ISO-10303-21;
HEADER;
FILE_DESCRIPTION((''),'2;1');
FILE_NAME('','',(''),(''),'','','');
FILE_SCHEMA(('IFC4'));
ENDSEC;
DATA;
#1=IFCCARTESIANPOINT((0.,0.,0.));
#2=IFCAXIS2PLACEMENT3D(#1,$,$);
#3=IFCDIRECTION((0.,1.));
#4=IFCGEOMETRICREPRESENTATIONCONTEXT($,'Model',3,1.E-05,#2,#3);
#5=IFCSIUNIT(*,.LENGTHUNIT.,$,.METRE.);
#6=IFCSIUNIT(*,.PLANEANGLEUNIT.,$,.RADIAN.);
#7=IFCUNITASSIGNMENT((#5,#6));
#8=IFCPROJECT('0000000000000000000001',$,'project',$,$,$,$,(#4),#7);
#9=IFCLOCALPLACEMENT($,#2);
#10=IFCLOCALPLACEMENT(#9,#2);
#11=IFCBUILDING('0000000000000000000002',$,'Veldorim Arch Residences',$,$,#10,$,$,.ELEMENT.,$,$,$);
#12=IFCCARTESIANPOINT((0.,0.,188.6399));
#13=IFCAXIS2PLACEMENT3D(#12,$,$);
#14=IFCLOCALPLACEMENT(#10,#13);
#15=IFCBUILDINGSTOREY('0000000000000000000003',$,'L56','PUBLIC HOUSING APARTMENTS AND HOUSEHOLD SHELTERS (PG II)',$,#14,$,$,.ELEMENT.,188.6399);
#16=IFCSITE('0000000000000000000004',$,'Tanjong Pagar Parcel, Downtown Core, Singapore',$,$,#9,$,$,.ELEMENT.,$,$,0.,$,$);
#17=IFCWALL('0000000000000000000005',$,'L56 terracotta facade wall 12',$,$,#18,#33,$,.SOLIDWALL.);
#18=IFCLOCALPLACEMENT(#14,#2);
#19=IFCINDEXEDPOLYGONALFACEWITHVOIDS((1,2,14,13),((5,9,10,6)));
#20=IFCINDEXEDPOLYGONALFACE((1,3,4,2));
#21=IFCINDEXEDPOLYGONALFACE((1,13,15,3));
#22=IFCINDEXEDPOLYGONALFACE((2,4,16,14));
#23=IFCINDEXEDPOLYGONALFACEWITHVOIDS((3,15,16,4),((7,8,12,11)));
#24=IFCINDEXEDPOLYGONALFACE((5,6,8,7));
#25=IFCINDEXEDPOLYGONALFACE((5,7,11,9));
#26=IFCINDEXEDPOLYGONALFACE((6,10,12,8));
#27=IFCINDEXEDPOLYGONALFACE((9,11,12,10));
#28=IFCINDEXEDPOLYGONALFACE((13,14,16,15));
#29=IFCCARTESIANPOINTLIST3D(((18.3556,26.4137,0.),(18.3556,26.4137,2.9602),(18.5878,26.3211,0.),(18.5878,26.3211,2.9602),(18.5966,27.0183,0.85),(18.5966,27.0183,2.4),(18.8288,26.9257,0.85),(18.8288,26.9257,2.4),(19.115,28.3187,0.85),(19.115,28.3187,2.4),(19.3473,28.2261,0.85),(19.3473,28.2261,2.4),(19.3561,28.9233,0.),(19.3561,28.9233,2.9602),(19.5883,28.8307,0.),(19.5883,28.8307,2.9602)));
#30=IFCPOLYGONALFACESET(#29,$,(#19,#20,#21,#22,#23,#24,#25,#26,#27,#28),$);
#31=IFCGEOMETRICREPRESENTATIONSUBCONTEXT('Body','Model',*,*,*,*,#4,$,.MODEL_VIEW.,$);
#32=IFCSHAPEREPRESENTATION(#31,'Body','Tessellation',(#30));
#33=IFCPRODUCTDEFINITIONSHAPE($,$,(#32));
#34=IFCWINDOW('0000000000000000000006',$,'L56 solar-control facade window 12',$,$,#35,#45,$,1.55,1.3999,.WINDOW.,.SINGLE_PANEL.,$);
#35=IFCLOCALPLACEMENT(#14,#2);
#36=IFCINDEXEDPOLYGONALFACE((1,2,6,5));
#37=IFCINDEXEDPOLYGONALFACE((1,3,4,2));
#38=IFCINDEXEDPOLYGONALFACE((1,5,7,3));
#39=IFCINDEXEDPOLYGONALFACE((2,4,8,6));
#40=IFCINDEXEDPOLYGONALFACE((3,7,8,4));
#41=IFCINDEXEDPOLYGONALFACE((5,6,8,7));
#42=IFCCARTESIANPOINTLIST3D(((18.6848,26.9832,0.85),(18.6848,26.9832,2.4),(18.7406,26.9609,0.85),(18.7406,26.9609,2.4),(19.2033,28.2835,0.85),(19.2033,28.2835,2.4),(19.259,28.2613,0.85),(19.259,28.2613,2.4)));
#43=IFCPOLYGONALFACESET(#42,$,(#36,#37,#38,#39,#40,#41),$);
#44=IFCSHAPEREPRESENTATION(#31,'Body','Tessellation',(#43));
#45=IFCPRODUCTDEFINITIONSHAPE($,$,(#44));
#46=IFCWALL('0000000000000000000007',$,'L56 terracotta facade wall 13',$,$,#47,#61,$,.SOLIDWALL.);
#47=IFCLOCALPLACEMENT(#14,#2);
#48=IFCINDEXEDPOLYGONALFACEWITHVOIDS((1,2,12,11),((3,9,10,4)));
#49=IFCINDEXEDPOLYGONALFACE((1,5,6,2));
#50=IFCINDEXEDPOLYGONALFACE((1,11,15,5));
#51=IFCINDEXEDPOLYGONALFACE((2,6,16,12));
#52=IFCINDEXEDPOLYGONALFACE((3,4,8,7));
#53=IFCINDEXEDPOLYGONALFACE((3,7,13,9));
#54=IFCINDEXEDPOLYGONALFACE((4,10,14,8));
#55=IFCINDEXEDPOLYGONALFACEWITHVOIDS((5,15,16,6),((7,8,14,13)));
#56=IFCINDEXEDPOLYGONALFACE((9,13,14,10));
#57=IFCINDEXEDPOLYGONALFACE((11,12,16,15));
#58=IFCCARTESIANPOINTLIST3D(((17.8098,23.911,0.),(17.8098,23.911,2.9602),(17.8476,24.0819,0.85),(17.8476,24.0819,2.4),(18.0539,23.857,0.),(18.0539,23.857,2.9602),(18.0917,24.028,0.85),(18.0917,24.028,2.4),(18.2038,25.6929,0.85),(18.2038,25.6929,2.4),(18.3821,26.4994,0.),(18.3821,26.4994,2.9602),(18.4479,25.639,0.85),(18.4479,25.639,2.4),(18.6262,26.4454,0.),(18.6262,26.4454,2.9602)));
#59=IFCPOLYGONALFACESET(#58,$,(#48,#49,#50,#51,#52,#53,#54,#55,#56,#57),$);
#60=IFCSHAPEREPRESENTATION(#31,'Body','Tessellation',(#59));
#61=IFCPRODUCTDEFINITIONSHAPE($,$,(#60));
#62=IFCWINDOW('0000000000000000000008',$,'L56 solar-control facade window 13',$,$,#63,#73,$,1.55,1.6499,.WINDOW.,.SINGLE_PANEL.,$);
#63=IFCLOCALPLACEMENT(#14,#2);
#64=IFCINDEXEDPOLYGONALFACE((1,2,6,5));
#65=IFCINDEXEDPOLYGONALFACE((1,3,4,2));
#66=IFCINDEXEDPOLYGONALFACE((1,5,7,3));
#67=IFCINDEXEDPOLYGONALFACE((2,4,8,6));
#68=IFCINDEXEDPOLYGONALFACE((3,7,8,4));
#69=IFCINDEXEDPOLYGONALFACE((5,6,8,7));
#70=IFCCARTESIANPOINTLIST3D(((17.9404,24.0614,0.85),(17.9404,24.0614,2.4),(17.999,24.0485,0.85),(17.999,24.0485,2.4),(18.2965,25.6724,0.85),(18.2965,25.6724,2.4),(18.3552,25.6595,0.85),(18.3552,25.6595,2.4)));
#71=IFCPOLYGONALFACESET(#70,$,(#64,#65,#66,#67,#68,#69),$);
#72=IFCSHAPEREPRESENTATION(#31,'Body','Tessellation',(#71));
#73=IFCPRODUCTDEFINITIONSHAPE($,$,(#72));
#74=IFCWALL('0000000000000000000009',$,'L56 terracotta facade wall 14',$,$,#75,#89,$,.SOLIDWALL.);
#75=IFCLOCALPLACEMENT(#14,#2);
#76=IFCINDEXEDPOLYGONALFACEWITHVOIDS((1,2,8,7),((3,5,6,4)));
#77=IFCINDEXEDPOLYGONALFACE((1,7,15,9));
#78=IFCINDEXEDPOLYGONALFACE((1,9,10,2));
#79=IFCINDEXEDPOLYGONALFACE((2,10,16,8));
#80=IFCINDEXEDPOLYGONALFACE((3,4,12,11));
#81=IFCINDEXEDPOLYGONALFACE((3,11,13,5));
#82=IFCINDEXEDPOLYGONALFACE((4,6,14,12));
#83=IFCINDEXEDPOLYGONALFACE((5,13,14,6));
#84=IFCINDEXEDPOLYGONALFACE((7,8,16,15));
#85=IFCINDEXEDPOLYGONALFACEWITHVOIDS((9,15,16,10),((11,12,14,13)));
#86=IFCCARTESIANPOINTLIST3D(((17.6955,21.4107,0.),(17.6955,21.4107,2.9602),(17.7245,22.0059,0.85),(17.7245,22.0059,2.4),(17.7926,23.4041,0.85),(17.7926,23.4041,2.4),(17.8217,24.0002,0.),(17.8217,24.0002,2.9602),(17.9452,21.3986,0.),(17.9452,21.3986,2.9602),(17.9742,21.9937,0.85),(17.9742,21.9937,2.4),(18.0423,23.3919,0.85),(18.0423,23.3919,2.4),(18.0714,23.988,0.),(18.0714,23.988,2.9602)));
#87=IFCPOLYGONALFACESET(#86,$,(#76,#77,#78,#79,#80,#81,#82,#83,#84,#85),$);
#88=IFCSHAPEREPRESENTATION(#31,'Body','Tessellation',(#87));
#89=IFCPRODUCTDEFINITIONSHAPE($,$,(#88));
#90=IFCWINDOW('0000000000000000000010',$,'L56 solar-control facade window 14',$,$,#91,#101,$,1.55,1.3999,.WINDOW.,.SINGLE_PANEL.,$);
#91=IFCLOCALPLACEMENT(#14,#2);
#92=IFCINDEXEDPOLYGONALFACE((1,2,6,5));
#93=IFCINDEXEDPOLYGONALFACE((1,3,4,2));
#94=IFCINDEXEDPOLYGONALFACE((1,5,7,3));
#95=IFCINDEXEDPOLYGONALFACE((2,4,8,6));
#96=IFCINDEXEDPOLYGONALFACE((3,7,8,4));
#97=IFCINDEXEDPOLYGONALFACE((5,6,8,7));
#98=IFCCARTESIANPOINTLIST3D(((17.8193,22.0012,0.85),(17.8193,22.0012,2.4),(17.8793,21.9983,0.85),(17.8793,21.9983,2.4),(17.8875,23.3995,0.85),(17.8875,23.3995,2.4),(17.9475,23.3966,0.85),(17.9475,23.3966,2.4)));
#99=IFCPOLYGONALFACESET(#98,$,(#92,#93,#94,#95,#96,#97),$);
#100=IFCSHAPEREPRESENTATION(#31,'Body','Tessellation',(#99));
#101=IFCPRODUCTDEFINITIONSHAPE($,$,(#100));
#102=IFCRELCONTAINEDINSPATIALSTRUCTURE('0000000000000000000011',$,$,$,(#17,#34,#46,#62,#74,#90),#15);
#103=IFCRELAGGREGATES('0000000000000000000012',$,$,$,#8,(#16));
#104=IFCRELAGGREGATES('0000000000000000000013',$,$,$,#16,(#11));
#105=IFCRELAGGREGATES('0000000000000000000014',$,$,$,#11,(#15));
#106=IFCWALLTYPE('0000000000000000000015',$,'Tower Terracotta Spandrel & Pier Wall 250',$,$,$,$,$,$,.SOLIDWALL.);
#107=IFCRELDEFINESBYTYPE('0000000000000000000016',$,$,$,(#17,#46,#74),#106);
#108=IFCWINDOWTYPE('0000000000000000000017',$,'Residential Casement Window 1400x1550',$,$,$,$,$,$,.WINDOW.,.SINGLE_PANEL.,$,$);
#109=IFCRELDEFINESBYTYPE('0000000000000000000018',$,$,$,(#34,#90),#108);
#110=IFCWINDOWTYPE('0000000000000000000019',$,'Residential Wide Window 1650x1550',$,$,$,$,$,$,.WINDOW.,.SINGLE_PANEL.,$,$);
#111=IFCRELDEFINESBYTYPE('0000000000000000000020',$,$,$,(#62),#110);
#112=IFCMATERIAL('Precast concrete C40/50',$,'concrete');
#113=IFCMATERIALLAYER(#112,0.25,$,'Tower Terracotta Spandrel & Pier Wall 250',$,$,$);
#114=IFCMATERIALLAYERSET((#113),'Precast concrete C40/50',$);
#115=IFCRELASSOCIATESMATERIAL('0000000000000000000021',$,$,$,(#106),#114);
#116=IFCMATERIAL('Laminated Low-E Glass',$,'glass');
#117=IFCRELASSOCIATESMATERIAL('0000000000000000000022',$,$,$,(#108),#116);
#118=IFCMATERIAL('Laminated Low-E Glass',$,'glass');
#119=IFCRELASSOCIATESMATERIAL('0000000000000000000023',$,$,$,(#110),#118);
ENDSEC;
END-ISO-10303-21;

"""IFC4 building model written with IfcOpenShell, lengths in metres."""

from ifc_helpers import new_model, si_unit, direction, frame, frame_2d, origin, place, context, subcontext, project, spatial, rectangle, extrude, material, layer, layer_set, type_object, element, fill, save


model = new_model("IFC4")

# Units and contexts
model_context = context("Model", 3, precision=1e-05, world=origin(), true_north=direction((0.0, 1.0)))
body_context = subcontext(model_context, "Body", "Model", "MODEL_VIEW")
ifc_project = project(units=[si_unit("LENGTHUNIT", "METRE"), si_unit("PLANEANGLEUNIT", "RADIAN")], contexts=[model_context])

# Site, building, storey
site_placement = place(None, origin())
site = spatial("IfcSite", under=ifc_project, at=site_placement, Name="Tanjong Pagar Parcel, Downtown Core, Singapore", CompositionType="ELEMENT", RefElevation=0.0)
building_placement = place(site_placement, origin())
building = spatial("IfcBuilding", under=site, at=building_placement, Name="Veldorim Arch Residences", CompositionType="ELEMENT")
storey_placement = place(building_placement, frame((0.0, 0.0, 188.6399)))
storey = spatial("IfcBuildingStorey", under=building, at=storey_placement, Name="L56", Description="PUBLIC HOUSING APARTMENTS AND HOUSEHOLD SHELTERS (PG II)", CompositionType="ELEMENT", Elevation=188.6399)

# Walls, openings, windows
ifc_material_1 = material(Name="Precast concrete C40/50", Category="concrete")
ifc_layer_1 = layer(ifc_material_1, 0.25, Name="Tower Terracotta Spandrel & Pier Wall 250")
ifc_layer_set_1 = layer_set([ifc_layer_1], Name="Precast concrete C40/50")
wall_type_1 = type_object("IfcWallType", Name="Tower Terracotta Spandrel & Pier Wall 250", PredefinedType="SOLIDWALL", material=ifc_layer_set_1)
wall_1_placement = place(storey_placement, frame((18.4717, 26.3674, 0.0), z_axis=(0.0, 0.0, 1.0), x_axis=(0.370331, 0.9289, 0.0)))
wall_1 = element("IfcWall", 1, at=wall_1_placement, inside=storey, type_object=wall_type_1, Name="L56 terracotta facade wall 12", PredefinedType="SOLIDWALL", context=body_context, shape_type="SweptSolid", body=[
    extrude(rectangle(XDim=2.7017, YDim=0.25, at=frame_2d((1.3508, 0.0))), origin(), (0.0, 0.0, 1.0), 2.9602),
])
opening_1_placement = place(wall_1_placement, frame((0.6509, 0.0, 0.8501)))
opening_1 = element("IfcOpeningElement", 2, at=opening_1_placement, cuts=wall_1, PredefinedType="OPENING", context=body_context, shape_type="SweptSolid", body=[
    extrude(rectangle(XDim=1.3999, YDim=1.55, at=frame_2d((0.7, 0.7749))), frame((0.0, 0.135, 0.0), z_axis=(0.0, -1.0, 0.0), x_axis=(1.0, 0.0, 0.0)), (0.0, 0.0, 1.0), 0.27),
])
ifc_material_2 = material(Name="Laminated Low-E Glass", Category="glass")
window_type_1 = type_object("IfcWindowType", Name="Residential Casement Window 1400x1550", PartitioningType="SINGLE_PANEL", PredefinedType="WINDOW", material=ifc_material_2)
window_1_placement = place(opening_1_placement, origin())
window_1 = element("IfcWindow", 3, at=window_1_placement, inside=storey, type_object=window_type_1, Name="L56 solar-control facade window 12", OverallHeight=1.55, OverallWidth=1.3999, PartitioningType="SINGLE_PANEL", PredefinedType="WINDOW", context=body_context, shape_type="SweptSolid", body=[
    extrude(rectangle(XDim=1.3999, YDim=1.55, at=frame_2d((0.7, 0.7749))), frame((0.0, 0.03, 0.0), z_axis=(0.0, -1.0, 0.0), x_axis=(1.0, 0.0, 0.0)), (0.0, 0.0, 1.0), 0.0601),
])
fill(opening_1, window_1)
wall_2_placement = place(storey_placement, frame((17.9319, 23.884, 0.0), z_axis=(0.0, 0.0, 1.0), x_axis=(0.215877, 0.976421, 0.0)))
wall_2 = element("IfcWall", 4, at=wall_2_placement, inside=storey, type_object=wall_type_1, Name="L56 terracotta facade wall 13", PredefinedType="SOLIDWALL", context=body_context, shape_type="SweptSolid", body=[
    extrude(rectangle(XDim=2.6509, YDim=0.25, at=frame_2d((1.3254, 0.0))), origin(), (0.0, 0.0, 1.0), 2.9602),
])
opening_2_placement = place(wall_2_placement, frame((0.175, 0.0, 0.8501)))
opening_2 = element("IfcOpeningElement", 5, at=opening_2_placement, cuts=wall_2, PredefinedType="OPENING", context=body_context, shape_type="SweptSolid", body=[
    extrude(rectangle(XDim=1.6499, YDim=1.55, at=frame_2d((0.825, 0.7749))), frame((0.0, 0.135, 0.0), z_axis=(0.0, -1.0, 0.0), x_axis=(1.0, 0.0, 0.0)), (0.0, 0.0, 1.0), 0.27),
])
ifc_material_3 = material(Name="Laminated Low-E Glass", Category="glass")
window_type_2 = type_object("IfcWindowType", Name="Residential Wide Window 1650x1550", PartitioningType="SINGLE_PANEL", PredefinedType="WINDOW", material=ifc_material_3)
window_2_placement = place(opening_2_placement, origin())
window_2 = element("IfcWindow", 6, at=window_2_placement, inside=storey, type_object=window_type_2, Name="L56 solar-control facade window 13", OverallHeight=1.55, OverallWidth=1.6499, PartitioningType="SINGLE_PANEL", PredefinedType="WINDOW", context=body_context, shape_type="SweptSolid", body=[
    extrude(rectangle(XDim=1.6499, YDim=1.55, at=frame_2d((0.825, 0.7749))), frame((0.0, 0.03, 0.0), z_axis=(0.0, -1.0, 0.0), x_axis=(1.0, 0.0, 0.0)), (0.0, 0.0, 1.0), 0.0601),
])
fill(opening_2, window_2)
wall_3_placement = place(storey_placement, frame((17.8203, 21.4045, 0.0), z_axis=(0.0, 0.0, 1.0), x_axis=(0.048688, 0.998814, 0.0)))
wall_3 = element("IfcWall", 7, at=wall_3_placement, inside=storey, type_object=wall_type_1, Name="L56 terracotta facade wall 14", PredefinedType="SOLIDWALL", context=body_context, shape_type="SweptSolid", body=[
    extrude(rectangle(XDim=2.5925, YDim=0.25, at=frame_2d((1.2964, 0.0))), origin(), (0.0, 0.0, 1.0), 2.9602),
])
opening_3_placement = place(wall_3_placement, frame((0.5959, 0.0, 0.8501)))
opening_3 = element("IfcOpeningElement", 8, at=opening_3_placement, cuts=wall_3, PredefinedType="OPENING", context=body_context, shape_type="SweptSolid", body=[
    extrude(rectangle(XDim=1.3999, YDim=1.55, at=frame_2d((0.7, 0.7749))), frame((0.0, 0.135, 0.0), z_axis=(0.0, -1.0, 0.0), x_axis=(1.0, 0.0, 0.0)), (0.0, 0.0, 1.0), 0.27),
])
window_3_placement = place(opening_3_placement, origin())
window_3 = element("IfcWindow", 9, at=window_3_placement, inside=storey, type_object=window_type_1, Name="L56 solar-control facade window 14", OverallHeight=1.55, OverallWidth=1.3999, PartitioningType="SINGLE_PANEL", PredefinedType="WINDOW", context=body_context, shape_type="SweptSolid", body=[
    extrude(rectangle(XDim=1.3999, YDim=1.55, at=frame_2d((0.7, 0.7749))), frame((0.0, 0.03, 0.0), z_axis=(0.0, -1.0, 0.0), x_axis=(1.0, 0.0, 0.0)), (0.0, 0.0, 1.0), 0.0601),
])
fill(opening_3, window_3)

save(model, "model.ifc")
